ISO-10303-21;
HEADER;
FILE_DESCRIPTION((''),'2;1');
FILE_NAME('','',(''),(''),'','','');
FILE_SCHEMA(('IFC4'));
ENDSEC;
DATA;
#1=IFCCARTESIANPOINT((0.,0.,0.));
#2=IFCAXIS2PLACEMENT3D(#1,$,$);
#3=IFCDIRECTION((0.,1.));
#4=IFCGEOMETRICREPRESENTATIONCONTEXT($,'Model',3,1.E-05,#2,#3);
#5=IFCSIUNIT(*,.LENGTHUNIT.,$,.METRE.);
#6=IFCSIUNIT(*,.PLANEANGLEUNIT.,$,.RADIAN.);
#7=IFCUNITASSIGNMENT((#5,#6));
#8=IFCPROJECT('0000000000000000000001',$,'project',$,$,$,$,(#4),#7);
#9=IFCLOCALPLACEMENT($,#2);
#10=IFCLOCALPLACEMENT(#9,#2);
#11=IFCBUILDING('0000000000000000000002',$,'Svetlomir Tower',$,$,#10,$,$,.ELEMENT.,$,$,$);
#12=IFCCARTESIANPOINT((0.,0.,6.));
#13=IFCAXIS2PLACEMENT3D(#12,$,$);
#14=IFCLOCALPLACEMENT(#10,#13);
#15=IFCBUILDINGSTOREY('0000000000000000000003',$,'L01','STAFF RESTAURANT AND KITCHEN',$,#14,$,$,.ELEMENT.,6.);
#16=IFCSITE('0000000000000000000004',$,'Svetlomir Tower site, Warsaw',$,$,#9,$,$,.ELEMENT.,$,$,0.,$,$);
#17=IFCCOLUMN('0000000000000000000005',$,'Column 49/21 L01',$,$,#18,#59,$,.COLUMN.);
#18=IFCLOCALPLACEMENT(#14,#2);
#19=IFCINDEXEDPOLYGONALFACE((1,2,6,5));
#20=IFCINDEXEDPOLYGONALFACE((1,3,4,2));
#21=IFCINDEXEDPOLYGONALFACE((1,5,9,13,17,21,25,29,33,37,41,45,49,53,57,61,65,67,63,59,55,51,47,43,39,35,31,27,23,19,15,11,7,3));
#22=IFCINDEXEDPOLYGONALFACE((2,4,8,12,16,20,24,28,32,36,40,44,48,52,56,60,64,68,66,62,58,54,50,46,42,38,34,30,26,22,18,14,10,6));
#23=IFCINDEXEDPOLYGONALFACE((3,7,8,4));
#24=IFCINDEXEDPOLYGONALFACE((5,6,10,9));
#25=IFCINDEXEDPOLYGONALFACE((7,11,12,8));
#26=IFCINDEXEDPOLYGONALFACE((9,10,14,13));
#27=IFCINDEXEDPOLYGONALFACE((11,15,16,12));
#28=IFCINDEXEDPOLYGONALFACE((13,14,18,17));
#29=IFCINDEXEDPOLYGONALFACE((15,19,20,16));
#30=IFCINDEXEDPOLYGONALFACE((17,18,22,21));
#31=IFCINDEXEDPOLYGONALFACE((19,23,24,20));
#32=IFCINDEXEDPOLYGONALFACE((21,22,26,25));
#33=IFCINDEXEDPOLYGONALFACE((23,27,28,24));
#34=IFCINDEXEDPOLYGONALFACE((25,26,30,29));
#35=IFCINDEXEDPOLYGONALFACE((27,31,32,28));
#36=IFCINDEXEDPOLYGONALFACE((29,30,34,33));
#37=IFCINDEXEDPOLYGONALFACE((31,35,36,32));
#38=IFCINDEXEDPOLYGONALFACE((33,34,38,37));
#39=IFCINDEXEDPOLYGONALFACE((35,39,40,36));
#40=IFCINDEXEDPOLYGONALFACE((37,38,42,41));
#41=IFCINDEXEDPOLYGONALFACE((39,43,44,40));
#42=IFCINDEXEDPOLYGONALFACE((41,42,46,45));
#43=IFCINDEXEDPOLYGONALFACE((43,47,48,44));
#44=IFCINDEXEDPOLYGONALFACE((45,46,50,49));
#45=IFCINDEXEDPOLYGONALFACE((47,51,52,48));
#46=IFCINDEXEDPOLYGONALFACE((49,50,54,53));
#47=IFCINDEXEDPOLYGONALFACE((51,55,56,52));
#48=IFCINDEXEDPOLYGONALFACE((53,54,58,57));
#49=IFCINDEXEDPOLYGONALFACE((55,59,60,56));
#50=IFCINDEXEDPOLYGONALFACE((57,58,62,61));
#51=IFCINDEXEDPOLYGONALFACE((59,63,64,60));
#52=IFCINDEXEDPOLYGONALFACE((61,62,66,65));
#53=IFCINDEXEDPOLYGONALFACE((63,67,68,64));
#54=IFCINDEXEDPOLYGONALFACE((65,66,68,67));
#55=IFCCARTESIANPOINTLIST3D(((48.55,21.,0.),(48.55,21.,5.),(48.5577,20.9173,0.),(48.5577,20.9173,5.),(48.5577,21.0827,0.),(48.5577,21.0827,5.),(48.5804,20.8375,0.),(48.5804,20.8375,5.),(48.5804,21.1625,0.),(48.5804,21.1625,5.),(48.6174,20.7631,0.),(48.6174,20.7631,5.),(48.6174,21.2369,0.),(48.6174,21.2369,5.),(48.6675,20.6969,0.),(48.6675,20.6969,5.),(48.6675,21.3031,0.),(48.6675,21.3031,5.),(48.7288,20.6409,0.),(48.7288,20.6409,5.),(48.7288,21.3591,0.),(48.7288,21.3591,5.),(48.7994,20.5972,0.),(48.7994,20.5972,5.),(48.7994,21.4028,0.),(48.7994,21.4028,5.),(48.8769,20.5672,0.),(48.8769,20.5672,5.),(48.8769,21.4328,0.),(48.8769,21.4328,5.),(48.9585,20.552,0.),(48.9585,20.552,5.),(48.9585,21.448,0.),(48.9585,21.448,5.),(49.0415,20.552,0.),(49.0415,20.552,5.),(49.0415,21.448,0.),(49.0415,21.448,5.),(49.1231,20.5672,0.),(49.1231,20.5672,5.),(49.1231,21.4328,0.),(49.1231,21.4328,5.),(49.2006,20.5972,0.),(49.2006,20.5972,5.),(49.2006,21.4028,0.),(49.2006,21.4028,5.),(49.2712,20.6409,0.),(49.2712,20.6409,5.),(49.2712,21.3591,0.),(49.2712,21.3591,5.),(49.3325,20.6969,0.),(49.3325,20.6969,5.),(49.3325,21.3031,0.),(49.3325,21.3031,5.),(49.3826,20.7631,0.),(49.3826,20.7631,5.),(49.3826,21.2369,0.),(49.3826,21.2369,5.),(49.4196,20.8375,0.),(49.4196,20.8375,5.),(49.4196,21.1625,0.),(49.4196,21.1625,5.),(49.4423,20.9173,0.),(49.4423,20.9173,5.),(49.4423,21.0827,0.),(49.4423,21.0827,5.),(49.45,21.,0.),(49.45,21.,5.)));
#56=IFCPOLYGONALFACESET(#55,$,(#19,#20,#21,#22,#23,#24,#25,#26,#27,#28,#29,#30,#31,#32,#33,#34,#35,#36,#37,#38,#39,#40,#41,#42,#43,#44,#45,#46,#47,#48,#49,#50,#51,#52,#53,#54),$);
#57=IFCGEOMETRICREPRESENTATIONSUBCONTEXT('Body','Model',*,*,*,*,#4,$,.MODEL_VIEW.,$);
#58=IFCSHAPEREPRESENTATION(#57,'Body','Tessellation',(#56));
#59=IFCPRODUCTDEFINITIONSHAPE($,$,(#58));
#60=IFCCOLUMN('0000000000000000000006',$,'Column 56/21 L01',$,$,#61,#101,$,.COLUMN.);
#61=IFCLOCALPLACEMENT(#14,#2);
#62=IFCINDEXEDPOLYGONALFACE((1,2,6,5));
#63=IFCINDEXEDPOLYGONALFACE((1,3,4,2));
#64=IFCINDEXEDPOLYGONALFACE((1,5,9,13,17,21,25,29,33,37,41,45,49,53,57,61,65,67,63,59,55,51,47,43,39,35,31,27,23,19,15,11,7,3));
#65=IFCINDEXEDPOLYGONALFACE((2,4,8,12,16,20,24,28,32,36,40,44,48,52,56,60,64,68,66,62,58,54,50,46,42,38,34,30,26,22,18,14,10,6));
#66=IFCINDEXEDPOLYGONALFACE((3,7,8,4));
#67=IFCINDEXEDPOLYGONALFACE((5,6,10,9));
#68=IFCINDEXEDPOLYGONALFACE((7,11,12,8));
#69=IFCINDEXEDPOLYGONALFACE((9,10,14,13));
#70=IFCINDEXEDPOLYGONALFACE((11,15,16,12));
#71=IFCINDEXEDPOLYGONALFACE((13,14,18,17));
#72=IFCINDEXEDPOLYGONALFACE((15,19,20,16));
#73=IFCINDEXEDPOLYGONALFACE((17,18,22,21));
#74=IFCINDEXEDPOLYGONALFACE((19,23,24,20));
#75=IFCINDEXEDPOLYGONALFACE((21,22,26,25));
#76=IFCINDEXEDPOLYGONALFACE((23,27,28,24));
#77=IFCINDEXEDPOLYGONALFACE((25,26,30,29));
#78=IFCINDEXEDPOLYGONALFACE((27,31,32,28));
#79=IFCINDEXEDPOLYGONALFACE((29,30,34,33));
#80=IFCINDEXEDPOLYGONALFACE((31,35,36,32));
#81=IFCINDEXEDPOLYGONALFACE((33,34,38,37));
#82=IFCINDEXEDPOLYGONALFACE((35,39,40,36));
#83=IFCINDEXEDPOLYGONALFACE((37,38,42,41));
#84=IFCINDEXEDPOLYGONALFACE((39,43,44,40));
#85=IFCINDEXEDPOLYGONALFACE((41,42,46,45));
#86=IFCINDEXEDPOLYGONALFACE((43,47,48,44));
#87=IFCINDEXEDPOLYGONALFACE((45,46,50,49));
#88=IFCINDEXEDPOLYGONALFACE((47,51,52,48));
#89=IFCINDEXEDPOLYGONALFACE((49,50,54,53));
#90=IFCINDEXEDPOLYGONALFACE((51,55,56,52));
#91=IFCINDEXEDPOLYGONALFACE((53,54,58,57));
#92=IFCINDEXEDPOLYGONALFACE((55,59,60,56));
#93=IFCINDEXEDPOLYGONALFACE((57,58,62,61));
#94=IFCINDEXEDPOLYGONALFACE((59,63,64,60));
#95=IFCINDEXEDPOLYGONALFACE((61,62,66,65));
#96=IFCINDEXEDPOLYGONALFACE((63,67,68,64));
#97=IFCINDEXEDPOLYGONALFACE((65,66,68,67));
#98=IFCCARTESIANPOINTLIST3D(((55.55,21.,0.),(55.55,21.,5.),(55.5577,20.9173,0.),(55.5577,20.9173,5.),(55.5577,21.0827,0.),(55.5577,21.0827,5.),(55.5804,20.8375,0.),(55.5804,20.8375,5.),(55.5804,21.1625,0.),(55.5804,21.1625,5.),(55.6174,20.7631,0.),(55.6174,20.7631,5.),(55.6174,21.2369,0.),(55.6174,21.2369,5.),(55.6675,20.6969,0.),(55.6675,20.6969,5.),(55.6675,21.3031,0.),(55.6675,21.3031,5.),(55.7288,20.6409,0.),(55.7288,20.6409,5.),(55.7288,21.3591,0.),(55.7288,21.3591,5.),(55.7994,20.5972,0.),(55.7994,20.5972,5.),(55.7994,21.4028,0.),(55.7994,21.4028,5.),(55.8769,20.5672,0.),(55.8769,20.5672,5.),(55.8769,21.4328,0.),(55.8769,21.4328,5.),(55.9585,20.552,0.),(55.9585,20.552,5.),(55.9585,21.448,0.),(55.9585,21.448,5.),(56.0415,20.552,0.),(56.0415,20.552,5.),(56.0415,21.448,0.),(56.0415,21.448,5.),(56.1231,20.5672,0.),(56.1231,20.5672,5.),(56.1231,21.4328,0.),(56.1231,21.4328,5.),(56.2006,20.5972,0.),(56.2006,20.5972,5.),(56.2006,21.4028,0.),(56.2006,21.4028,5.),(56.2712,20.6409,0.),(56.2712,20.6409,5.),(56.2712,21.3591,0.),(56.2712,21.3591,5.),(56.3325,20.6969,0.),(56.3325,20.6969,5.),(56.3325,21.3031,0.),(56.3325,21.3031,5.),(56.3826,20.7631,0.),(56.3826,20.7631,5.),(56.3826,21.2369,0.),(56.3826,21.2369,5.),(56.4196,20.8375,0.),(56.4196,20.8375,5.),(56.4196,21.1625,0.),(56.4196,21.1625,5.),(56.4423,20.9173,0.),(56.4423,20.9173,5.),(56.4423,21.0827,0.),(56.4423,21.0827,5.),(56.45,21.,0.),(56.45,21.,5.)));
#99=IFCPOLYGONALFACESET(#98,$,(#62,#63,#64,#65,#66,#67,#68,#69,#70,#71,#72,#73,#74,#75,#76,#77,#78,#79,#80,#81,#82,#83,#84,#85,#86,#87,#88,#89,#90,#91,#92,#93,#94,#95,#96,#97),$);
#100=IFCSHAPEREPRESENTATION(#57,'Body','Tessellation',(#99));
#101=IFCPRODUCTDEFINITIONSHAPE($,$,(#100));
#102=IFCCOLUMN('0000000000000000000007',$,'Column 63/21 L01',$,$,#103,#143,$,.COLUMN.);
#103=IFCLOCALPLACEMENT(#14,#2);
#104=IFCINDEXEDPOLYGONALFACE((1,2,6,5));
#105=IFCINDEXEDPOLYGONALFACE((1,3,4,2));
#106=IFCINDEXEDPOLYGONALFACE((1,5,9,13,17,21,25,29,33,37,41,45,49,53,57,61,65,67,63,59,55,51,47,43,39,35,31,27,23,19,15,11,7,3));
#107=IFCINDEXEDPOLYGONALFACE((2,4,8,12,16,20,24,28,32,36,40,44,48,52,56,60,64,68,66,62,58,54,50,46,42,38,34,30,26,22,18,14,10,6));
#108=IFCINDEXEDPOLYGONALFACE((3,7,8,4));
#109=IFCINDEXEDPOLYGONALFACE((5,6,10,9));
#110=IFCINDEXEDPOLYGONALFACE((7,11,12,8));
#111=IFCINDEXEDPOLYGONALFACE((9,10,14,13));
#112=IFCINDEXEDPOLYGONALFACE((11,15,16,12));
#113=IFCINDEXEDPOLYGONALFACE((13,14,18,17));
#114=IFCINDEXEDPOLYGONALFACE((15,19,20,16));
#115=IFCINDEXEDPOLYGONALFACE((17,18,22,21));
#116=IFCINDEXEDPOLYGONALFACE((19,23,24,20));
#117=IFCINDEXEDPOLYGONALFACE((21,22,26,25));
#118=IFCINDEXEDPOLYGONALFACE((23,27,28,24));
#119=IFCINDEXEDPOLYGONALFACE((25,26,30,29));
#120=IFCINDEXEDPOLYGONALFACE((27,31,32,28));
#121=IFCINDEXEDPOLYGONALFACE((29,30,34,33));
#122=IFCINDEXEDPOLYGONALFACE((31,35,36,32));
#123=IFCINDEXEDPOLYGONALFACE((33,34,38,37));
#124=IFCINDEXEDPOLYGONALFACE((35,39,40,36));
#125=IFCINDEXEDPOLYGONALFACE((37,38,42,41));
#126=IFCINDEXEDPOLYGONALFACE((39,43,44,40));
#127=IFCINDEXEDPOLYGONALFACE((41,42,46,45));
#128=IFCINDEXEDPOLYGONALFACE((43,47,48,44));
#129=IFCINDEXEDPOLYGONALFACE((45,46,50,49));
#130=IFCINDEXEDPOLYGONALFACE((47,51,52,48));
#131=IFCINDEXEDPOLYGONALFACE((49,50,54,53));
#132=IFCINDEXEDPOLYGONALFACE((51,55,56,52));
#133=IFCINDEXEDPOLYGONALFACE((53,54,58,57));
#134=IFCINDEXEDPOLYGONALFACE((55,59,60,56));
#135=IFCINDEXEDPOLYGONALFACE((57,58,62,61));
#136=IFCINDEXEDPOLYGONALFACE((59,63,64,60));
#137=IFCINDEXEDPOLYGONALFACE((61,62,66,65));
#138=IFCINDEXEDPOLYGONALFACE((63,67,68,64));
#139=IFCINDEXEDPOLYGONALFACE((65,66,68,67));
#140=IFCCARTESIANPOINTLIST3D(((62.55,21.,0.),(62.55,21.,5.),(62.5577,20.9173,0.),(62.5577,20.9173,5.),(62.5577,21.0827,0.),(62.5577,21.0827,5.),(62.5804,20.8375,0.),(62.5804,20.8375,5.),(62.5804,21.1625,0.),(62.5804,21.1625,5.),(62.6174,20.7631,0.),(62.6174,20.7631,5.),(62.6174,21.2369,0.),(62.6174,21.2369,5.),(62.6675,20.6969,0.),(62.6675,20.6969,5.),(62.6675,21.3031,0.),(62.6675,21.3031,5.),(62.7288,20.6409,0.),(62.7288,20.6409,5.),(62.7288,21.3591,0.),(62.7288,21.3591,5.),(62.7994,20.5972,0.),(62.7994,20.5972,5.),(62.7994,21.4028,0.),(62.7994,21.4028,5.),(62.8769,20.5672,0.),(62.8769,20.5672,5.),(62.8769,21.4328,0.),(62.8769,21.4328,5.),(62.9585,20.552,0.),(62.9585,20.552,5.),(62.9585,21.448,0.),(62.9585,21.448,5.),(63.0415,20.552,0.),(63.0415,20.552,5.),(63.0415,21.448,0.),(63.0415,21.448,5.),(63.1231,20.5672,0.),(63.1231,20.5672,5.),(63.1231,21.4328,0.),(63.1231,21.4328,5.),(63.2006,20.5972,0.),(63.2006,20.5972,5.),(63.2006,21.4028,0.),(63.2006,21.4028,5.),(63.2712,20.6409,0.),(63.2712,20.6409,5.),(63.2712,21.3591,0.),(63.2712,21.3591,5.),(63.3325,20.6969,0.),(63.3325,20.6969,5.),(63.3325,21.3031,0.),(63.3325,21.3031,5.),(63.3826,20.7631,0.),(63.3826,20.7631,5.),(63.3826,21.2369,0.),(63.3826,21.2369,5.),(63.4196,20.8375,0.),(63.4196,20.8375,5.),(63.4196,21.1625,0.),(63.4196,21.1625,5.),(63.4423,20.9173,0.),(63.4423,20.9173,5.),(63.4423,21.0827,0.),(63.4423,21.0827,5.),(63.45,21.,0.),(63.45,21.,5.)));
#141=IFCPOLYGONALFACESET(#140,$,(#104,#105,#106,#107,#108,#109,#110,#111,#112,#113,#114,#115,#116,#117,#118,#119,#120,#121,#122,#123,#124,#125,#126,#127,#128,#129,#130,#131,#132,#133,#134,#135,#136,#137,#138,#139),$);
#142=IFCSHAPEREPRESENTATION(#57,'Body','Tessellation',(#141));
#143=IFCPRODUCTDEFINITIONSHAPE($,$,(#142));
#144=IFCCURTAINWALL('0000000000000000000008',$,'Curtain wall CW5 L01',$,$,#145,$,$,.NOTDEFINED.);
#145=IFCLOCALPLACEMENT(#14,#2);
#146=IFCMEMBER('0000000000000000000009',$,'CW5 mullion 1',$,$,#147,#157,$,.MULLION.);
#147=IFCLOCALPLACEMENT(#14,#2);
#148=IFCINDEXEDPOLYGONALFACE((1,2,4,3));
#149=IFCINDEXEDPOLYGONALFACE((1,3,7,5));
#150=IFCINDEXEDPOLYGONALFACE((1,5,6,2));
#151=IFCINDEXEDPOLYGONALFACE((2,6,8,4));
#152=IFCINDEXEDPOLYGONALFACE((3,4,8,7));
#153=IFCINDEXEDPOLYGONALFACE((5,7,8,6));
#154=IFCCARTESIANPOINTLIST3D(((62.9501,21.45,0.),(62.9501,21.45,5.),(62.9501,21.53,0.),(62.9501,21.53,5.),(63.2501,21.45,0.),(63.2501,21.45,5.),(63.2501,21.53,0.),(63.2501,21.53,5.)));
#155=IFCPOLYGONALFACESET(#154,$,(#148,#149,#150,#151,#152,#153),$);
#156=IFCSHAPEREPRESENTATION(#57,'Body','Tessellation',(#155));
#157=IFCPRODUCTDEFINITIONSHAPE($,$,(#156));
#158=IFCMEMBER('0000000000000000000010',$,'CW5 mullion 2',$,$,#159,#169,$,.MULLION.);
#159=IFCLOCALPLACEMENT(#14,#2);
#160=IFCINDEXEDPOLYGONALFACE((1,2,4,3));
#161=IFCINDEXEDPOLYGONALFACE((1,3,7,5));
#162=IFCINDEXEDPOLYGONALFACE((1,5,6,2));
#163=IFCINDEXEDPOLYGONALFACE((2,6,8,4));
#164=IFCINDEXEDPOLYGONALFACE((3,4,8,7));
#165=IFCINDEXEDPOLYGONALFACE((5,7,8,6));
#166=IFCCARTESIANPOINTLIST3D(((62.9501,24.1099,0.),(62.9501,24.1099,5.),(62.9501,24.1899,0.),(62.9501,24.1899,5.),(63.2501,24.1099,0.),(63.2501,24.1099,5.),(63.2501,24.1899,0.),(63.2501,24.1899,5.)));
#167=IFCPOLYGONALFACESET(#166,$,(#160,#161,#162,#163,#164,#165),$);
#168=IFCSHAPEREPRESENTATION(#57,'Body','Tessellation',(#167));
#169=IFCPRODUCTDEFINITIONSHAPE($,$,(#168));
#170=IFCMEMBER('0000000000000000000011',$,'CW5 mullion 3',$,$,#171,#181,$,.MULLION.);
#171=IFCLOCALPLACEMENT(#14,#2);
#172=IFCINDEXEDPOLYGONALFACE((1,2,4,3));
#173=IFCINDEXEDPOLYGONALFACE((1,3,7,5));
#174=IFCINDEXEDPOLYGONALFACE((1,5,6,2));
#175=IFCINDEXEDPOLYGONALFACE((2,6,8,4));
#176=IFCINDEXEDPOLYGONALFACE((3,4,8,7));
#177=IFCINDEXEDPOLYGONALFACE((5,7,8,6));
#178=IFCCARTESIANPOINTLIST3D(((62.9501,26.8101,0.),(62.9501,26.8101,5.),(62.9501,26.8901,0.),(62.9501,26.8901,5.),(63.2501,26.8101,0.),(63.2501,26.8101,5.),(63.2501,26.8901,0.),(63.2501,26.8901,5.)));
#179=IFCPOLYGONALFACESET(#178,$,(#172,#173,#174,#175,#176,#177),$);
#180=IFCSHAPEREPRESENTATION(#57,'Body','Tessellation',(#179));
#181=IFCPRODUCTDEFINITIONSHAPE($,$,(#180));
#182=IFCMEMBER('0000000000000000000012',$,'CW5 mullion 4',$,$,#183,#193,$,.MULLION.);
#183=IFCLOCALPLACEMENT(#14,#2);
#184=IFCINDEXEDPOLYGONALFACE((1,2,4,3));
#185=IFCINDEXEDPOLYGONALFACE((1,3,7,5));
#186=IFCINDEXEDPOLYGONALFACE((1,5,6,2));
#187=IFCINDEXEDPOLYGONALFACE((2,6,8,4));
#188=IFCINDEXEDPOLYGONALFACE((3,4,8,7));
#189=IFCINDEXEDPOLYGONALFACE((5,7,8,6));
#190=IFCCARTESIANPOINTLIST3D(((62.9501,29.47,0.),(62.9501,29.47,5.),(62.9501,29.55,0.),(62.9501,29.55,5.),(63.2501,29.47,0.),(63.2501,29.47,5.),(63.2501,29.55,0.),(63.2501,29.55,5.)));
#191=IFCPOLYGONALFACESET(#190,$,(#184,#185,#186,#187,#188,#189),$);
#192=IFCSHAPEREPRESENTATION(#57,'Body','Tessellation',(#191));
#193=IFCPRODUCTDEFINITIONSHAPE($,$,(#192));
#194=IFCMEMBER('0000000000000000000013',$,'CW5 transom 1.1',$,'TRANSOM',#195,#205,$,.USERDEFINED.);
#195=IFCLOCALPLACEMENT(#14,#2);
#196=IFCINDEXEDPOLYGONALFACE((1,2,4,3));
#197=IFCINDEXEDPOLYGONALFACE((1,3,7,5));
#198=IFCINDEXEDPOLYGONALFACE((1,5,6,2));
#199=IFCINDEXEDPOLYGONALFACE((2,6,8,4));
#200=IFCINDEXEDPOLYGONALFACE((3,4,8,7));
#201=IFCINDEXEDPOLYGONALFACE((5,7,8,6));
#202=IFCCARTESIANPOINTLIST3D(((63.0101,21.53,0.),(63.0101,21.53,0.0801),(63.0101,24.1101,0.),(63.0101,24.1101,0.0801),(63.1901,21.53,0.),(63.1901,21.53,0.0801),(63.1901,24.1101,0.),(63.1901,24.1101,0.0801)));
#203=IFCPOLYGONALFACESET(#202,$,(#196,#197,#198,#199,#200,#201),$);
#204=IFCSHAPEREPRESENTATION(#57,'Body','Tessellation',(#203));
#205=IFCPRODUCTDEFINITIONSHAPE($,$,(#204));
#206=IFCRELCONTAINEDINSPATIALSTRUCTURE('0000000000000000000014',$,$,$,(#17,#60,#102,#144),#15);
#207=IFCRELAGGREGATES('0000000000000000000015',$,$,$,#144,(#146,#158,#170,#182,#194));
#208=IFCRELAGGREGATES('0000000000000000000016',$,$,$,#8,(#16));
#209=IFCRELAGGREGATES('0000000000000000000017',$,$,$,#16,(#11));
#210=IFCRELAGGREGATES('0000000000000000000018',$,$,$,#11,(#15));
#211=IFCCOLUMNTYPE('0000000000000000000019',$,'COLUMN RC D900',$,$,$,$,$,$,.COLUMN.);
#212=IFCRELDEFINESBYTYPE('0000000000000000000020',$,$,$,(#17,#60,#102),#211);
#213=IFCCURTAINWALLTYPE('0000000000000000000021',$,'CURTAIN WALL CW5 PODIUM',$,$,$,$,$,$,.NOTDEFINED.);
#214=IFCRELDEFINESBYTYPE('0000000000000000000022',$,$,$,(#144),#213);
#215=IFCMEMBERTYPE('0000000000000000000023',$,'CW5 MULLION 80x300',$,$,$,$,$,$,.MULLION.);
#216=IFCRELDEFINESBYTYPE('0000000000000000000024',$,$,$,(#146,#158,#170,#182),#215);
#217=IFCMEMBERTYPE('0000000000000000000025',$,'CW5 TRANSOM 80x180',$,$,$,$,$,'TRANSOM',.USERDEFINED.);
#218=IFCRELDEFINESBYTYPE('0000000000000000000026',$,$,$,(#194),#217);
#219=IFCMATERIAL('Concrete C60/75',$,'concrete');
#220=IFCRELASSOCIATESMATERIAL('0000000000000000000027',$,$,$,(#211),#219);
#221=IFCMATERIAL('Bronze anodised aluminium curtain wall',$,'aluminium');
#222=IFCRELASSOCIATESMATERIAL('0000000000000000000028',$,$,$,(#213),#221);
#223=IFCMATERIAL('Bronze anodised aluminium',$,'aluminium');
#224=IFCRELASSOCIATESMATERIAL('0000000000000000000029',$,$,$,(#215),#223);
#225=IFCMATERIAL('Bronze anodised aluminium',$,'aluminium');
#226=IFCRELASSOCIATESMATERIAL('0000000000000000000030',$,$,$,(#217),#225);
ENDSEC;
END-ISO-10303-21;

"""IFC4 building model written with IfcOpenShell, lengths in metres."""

from ifc_helpers import new_model, si_unit, direction, frame, origin, origin_2d, place, context, subcontext, project, spatial, rectangle, circle, extrude, material, material_profile, profile_set, type_object, element, aggregate, save


model = new_model("IFC4")

# Units and contexts
model_context = context("Model", 3, precision=1e-05, world=origin(), true_north=direction((0.0, 1.0)))
body_context = subcontext(model_context, "Body", "Model", "MODEL_VIEW")
ifc_project = project(units=[si_unit("LENGTHUNIT", "METRE"), si_unit("PLANEANGLEUNIT", "RADIAN")], contexts=[model_context])

# Site, building, storey
site_placement = place(None, origin())
site = spatial("IfcSite", under=ifc_project, at=site_placement, Name="Svetlomir Tower site, Warsaw", CompositionType="ELEMENT", RefElevation=0.0)
building_placement = place(site_placement, origin())
building = spatial("IfcBuilding", under=site, at=building_placement, Name="Svetlomir Tower", CompositionType="ELEMENT")
storey_placement = place(building_placement, frame((0.0, 0.0, 6.0)))
storey = spatial("IfcBuildingStorey", under=building, at=storey_placement, Name="L01", Description="STAFF RESTAURANT AND KITCHEN", CompositionType="ELEMENT", Elevation=6.0)

# Columns
ifc_material_1 = material(Name="Concrete C60/75", Category="concrete")
ifc_material_profile_1 = material_profile(ifc_material_1, circle(Radius=0.45, at=origin_2d()), Name="RC D900")
ifc_profile_set_1 = profile_set([ifc_material_profile_1], Name="Concrete C60/75")
column_type = type_object("IfcColumnType", Name="COLUMN RC D900", PredefinedType="COLUMN", material=ifc_profile_set_1)
for number, where, z_axis, x_axis, name in (
    (1, (49.0, 21.0, 0.0), (0.0, 0.0, 1.0), (1.0, 0.0, 0.0), "Column 49/21 L01"),
    (2, (56.0, 21.0, 0.0), (0.0, 0.0, 1.0), (1.0, 0.0, 0.0), "Column 56/21 L01"),
    (3, (63.0, 21.0, 0.0), (0.0, 0.0, 1.0), (1.0, 0.0, 0.0), "Column 63/21 L01"),
):
    element("IfcColumn", number, at=place(storey_placement, frame(where, z_axis=z_axis, x_axis=x_axis)), inside=storey, type_object=column_type, Name=name, PredefinedType="COLUMN", context=body_context, shape_type="SweptSolid", body=[
        extrude(circle(Radius=0.45, at=origin_2d()), origin(), (0.0, 0.0, 1.0), 5.0),
    ])

# Curtain wall, members
ifc_material_2 = material(Name="Bronze anodised aluminium curtain wall", Category="aluminium")
curtain_wall_type = type_object("IfcCurtainWallType", Name="CURTAIN WALL CW5 PODIUM", PredefinedType="NOTDEFINED", material=ifc_material_2)
curtain_wall_placement = place(storey_placement, origin())
curtain_wall = element("IfcCurtainWall", 4, at=curtain_wall_placement, inside=storey, type_object=curtain_wall_type, Name="Curtain wall CW5 L01", PredefinedType="NOTDEFINED")
ifc_material_3 = material(Name="Bronze anodised aluminium", Category="aluminium")
ifc_material_profile_2 = material_profile(ifc_material_3, rectangle(XDim=0.0801, YDim=0.3, at=origin_2d()), Name="AL 80x300")
ifc_profile_set_2 = profile_set([ifc_material_profile_2], Name="Bronze anodised aluminium 6063-T6")
member_type_1 = type_object("IfcMemberType", Name="CW5 MULLION 80x300", PredefinedType="MULLION", material=ifc_profile_set_2)
member_1_placement = place(storey_placement, frame((63.1001, 21.49, 0.0), z_axis=(0.0, 0.0, 1.0), x_axis=(0.0, 1.0, 0.0)))
member_1 = element("IfcMember", 5, at=member_1_placement, type_object=member_type_1, Name="CW5 mullion 1", PredefinedType="MULLION", context=body_context, shape_type="SweptSolid", body=[
    extrude(rectangle(XDim=0.0801, YDim=0.3, at=origin_2d()), origin(), (0.0, 0.0, 1.0), 5.0),
])
member_2_placement = place(storey_placement, frame((63.1001, 24.1499, 0.0), z_axis=(0.0, 0.0, 1.0), x_axis=(0.0, 1.0, 0.0)))
member_2 = element("IfcMember", 6, at=member_2_placement, type_object=member_type_1, Name="CW5 mullion 2", PredefinedType="MULLION", context=body_context, shape_type="SweptSolid", body=[
    extrude(rectangle(XDim=0.0801, YDim=0.3, at=origin_2d()), origin(), (0.0, 0.0, 1.0), 5.0),
])
member_3_placement = place(storey_placement, frame((63.1001, 26.8501, 0.0), z_axis=(0.0, 0.0, 1.0), x_axis=(0.0, 1.0, 0.0)))
member_3 = element("IfcMember", 7, at=member_3_placement, type_object=member_type_1, Name="CW5 mullion 3", PredefinedType="MULLION", context=body_context, shape_type="SweptSolid", body=[
    extrude(rectangle(XDim=0.0801, YDim=0.3, at=origin_2d()), origin(), (0.0, 0.0, 1.0), 5.0),
])
member_4_placement = place(storey_placement, frame((63.1001, 29.51, 0.0), z_axis=(0.0, 0.0, 1.0), x_axis=(0.0, 1.0, 0.0)))
member_4 = element("IfcMember", 8, at=member_4_placement, type_object=member_type_1, Name="CW5 mullion 4", PredefinedType="MULLION", context=body_context, shape_type="SweptSolid", body=[
    extrude(rectangle(XDim=0.0801, YDim=0.3, at=origin_2d()), origin(), (0.0, 0.0, 1.0), 5.0),
])
ifc_material_4 = material(Name="Bronze anodised aluminium", Category="aluminium")
ifc_material_profile_3 = material_profile(ifc_material_4, rectangle(XDim=0.1799, YDim=0.0801, at=origin_2d()), Name="AL 180x80")
ifc_profile_set_3 = profile_set([ifc_material_profile_3], Name="Bronze anodised aluminium 6063-T6")
member_type_2 = type_object("IfcMemberType", Name="CW5 TRANSOM 80x180", ElementType="TRANSOM", PredefinedType="USERDEFINED", material=ifc_profile_set_3)
member_5_placement = place(storey_placement, frame((63.1001, 21.53, 0.04), z_axis=(0.0, 1.0, 0.0), x_axis=(-1.0, 0.0, 0.0)))
member_5 = element("IfcMember", 9, at=member_5_placement, type_object=member_type_2, Name="CW5 transom 1.1", ObjectType="TRANSOM", PredefinedType="USERDEFINED", context=body_context, shape_type="SweptSolid", body=[
    extrude(rectangle(XDim=0.1799, YDim=0.0801, at=origin_2d()), origin(), (0.0, 0.0, 1.0), 2.5801),
])

aggregate(curtain_wall, [member_1, member_2, member_3, member_4, member_5])

save(model, "model.ifc")
